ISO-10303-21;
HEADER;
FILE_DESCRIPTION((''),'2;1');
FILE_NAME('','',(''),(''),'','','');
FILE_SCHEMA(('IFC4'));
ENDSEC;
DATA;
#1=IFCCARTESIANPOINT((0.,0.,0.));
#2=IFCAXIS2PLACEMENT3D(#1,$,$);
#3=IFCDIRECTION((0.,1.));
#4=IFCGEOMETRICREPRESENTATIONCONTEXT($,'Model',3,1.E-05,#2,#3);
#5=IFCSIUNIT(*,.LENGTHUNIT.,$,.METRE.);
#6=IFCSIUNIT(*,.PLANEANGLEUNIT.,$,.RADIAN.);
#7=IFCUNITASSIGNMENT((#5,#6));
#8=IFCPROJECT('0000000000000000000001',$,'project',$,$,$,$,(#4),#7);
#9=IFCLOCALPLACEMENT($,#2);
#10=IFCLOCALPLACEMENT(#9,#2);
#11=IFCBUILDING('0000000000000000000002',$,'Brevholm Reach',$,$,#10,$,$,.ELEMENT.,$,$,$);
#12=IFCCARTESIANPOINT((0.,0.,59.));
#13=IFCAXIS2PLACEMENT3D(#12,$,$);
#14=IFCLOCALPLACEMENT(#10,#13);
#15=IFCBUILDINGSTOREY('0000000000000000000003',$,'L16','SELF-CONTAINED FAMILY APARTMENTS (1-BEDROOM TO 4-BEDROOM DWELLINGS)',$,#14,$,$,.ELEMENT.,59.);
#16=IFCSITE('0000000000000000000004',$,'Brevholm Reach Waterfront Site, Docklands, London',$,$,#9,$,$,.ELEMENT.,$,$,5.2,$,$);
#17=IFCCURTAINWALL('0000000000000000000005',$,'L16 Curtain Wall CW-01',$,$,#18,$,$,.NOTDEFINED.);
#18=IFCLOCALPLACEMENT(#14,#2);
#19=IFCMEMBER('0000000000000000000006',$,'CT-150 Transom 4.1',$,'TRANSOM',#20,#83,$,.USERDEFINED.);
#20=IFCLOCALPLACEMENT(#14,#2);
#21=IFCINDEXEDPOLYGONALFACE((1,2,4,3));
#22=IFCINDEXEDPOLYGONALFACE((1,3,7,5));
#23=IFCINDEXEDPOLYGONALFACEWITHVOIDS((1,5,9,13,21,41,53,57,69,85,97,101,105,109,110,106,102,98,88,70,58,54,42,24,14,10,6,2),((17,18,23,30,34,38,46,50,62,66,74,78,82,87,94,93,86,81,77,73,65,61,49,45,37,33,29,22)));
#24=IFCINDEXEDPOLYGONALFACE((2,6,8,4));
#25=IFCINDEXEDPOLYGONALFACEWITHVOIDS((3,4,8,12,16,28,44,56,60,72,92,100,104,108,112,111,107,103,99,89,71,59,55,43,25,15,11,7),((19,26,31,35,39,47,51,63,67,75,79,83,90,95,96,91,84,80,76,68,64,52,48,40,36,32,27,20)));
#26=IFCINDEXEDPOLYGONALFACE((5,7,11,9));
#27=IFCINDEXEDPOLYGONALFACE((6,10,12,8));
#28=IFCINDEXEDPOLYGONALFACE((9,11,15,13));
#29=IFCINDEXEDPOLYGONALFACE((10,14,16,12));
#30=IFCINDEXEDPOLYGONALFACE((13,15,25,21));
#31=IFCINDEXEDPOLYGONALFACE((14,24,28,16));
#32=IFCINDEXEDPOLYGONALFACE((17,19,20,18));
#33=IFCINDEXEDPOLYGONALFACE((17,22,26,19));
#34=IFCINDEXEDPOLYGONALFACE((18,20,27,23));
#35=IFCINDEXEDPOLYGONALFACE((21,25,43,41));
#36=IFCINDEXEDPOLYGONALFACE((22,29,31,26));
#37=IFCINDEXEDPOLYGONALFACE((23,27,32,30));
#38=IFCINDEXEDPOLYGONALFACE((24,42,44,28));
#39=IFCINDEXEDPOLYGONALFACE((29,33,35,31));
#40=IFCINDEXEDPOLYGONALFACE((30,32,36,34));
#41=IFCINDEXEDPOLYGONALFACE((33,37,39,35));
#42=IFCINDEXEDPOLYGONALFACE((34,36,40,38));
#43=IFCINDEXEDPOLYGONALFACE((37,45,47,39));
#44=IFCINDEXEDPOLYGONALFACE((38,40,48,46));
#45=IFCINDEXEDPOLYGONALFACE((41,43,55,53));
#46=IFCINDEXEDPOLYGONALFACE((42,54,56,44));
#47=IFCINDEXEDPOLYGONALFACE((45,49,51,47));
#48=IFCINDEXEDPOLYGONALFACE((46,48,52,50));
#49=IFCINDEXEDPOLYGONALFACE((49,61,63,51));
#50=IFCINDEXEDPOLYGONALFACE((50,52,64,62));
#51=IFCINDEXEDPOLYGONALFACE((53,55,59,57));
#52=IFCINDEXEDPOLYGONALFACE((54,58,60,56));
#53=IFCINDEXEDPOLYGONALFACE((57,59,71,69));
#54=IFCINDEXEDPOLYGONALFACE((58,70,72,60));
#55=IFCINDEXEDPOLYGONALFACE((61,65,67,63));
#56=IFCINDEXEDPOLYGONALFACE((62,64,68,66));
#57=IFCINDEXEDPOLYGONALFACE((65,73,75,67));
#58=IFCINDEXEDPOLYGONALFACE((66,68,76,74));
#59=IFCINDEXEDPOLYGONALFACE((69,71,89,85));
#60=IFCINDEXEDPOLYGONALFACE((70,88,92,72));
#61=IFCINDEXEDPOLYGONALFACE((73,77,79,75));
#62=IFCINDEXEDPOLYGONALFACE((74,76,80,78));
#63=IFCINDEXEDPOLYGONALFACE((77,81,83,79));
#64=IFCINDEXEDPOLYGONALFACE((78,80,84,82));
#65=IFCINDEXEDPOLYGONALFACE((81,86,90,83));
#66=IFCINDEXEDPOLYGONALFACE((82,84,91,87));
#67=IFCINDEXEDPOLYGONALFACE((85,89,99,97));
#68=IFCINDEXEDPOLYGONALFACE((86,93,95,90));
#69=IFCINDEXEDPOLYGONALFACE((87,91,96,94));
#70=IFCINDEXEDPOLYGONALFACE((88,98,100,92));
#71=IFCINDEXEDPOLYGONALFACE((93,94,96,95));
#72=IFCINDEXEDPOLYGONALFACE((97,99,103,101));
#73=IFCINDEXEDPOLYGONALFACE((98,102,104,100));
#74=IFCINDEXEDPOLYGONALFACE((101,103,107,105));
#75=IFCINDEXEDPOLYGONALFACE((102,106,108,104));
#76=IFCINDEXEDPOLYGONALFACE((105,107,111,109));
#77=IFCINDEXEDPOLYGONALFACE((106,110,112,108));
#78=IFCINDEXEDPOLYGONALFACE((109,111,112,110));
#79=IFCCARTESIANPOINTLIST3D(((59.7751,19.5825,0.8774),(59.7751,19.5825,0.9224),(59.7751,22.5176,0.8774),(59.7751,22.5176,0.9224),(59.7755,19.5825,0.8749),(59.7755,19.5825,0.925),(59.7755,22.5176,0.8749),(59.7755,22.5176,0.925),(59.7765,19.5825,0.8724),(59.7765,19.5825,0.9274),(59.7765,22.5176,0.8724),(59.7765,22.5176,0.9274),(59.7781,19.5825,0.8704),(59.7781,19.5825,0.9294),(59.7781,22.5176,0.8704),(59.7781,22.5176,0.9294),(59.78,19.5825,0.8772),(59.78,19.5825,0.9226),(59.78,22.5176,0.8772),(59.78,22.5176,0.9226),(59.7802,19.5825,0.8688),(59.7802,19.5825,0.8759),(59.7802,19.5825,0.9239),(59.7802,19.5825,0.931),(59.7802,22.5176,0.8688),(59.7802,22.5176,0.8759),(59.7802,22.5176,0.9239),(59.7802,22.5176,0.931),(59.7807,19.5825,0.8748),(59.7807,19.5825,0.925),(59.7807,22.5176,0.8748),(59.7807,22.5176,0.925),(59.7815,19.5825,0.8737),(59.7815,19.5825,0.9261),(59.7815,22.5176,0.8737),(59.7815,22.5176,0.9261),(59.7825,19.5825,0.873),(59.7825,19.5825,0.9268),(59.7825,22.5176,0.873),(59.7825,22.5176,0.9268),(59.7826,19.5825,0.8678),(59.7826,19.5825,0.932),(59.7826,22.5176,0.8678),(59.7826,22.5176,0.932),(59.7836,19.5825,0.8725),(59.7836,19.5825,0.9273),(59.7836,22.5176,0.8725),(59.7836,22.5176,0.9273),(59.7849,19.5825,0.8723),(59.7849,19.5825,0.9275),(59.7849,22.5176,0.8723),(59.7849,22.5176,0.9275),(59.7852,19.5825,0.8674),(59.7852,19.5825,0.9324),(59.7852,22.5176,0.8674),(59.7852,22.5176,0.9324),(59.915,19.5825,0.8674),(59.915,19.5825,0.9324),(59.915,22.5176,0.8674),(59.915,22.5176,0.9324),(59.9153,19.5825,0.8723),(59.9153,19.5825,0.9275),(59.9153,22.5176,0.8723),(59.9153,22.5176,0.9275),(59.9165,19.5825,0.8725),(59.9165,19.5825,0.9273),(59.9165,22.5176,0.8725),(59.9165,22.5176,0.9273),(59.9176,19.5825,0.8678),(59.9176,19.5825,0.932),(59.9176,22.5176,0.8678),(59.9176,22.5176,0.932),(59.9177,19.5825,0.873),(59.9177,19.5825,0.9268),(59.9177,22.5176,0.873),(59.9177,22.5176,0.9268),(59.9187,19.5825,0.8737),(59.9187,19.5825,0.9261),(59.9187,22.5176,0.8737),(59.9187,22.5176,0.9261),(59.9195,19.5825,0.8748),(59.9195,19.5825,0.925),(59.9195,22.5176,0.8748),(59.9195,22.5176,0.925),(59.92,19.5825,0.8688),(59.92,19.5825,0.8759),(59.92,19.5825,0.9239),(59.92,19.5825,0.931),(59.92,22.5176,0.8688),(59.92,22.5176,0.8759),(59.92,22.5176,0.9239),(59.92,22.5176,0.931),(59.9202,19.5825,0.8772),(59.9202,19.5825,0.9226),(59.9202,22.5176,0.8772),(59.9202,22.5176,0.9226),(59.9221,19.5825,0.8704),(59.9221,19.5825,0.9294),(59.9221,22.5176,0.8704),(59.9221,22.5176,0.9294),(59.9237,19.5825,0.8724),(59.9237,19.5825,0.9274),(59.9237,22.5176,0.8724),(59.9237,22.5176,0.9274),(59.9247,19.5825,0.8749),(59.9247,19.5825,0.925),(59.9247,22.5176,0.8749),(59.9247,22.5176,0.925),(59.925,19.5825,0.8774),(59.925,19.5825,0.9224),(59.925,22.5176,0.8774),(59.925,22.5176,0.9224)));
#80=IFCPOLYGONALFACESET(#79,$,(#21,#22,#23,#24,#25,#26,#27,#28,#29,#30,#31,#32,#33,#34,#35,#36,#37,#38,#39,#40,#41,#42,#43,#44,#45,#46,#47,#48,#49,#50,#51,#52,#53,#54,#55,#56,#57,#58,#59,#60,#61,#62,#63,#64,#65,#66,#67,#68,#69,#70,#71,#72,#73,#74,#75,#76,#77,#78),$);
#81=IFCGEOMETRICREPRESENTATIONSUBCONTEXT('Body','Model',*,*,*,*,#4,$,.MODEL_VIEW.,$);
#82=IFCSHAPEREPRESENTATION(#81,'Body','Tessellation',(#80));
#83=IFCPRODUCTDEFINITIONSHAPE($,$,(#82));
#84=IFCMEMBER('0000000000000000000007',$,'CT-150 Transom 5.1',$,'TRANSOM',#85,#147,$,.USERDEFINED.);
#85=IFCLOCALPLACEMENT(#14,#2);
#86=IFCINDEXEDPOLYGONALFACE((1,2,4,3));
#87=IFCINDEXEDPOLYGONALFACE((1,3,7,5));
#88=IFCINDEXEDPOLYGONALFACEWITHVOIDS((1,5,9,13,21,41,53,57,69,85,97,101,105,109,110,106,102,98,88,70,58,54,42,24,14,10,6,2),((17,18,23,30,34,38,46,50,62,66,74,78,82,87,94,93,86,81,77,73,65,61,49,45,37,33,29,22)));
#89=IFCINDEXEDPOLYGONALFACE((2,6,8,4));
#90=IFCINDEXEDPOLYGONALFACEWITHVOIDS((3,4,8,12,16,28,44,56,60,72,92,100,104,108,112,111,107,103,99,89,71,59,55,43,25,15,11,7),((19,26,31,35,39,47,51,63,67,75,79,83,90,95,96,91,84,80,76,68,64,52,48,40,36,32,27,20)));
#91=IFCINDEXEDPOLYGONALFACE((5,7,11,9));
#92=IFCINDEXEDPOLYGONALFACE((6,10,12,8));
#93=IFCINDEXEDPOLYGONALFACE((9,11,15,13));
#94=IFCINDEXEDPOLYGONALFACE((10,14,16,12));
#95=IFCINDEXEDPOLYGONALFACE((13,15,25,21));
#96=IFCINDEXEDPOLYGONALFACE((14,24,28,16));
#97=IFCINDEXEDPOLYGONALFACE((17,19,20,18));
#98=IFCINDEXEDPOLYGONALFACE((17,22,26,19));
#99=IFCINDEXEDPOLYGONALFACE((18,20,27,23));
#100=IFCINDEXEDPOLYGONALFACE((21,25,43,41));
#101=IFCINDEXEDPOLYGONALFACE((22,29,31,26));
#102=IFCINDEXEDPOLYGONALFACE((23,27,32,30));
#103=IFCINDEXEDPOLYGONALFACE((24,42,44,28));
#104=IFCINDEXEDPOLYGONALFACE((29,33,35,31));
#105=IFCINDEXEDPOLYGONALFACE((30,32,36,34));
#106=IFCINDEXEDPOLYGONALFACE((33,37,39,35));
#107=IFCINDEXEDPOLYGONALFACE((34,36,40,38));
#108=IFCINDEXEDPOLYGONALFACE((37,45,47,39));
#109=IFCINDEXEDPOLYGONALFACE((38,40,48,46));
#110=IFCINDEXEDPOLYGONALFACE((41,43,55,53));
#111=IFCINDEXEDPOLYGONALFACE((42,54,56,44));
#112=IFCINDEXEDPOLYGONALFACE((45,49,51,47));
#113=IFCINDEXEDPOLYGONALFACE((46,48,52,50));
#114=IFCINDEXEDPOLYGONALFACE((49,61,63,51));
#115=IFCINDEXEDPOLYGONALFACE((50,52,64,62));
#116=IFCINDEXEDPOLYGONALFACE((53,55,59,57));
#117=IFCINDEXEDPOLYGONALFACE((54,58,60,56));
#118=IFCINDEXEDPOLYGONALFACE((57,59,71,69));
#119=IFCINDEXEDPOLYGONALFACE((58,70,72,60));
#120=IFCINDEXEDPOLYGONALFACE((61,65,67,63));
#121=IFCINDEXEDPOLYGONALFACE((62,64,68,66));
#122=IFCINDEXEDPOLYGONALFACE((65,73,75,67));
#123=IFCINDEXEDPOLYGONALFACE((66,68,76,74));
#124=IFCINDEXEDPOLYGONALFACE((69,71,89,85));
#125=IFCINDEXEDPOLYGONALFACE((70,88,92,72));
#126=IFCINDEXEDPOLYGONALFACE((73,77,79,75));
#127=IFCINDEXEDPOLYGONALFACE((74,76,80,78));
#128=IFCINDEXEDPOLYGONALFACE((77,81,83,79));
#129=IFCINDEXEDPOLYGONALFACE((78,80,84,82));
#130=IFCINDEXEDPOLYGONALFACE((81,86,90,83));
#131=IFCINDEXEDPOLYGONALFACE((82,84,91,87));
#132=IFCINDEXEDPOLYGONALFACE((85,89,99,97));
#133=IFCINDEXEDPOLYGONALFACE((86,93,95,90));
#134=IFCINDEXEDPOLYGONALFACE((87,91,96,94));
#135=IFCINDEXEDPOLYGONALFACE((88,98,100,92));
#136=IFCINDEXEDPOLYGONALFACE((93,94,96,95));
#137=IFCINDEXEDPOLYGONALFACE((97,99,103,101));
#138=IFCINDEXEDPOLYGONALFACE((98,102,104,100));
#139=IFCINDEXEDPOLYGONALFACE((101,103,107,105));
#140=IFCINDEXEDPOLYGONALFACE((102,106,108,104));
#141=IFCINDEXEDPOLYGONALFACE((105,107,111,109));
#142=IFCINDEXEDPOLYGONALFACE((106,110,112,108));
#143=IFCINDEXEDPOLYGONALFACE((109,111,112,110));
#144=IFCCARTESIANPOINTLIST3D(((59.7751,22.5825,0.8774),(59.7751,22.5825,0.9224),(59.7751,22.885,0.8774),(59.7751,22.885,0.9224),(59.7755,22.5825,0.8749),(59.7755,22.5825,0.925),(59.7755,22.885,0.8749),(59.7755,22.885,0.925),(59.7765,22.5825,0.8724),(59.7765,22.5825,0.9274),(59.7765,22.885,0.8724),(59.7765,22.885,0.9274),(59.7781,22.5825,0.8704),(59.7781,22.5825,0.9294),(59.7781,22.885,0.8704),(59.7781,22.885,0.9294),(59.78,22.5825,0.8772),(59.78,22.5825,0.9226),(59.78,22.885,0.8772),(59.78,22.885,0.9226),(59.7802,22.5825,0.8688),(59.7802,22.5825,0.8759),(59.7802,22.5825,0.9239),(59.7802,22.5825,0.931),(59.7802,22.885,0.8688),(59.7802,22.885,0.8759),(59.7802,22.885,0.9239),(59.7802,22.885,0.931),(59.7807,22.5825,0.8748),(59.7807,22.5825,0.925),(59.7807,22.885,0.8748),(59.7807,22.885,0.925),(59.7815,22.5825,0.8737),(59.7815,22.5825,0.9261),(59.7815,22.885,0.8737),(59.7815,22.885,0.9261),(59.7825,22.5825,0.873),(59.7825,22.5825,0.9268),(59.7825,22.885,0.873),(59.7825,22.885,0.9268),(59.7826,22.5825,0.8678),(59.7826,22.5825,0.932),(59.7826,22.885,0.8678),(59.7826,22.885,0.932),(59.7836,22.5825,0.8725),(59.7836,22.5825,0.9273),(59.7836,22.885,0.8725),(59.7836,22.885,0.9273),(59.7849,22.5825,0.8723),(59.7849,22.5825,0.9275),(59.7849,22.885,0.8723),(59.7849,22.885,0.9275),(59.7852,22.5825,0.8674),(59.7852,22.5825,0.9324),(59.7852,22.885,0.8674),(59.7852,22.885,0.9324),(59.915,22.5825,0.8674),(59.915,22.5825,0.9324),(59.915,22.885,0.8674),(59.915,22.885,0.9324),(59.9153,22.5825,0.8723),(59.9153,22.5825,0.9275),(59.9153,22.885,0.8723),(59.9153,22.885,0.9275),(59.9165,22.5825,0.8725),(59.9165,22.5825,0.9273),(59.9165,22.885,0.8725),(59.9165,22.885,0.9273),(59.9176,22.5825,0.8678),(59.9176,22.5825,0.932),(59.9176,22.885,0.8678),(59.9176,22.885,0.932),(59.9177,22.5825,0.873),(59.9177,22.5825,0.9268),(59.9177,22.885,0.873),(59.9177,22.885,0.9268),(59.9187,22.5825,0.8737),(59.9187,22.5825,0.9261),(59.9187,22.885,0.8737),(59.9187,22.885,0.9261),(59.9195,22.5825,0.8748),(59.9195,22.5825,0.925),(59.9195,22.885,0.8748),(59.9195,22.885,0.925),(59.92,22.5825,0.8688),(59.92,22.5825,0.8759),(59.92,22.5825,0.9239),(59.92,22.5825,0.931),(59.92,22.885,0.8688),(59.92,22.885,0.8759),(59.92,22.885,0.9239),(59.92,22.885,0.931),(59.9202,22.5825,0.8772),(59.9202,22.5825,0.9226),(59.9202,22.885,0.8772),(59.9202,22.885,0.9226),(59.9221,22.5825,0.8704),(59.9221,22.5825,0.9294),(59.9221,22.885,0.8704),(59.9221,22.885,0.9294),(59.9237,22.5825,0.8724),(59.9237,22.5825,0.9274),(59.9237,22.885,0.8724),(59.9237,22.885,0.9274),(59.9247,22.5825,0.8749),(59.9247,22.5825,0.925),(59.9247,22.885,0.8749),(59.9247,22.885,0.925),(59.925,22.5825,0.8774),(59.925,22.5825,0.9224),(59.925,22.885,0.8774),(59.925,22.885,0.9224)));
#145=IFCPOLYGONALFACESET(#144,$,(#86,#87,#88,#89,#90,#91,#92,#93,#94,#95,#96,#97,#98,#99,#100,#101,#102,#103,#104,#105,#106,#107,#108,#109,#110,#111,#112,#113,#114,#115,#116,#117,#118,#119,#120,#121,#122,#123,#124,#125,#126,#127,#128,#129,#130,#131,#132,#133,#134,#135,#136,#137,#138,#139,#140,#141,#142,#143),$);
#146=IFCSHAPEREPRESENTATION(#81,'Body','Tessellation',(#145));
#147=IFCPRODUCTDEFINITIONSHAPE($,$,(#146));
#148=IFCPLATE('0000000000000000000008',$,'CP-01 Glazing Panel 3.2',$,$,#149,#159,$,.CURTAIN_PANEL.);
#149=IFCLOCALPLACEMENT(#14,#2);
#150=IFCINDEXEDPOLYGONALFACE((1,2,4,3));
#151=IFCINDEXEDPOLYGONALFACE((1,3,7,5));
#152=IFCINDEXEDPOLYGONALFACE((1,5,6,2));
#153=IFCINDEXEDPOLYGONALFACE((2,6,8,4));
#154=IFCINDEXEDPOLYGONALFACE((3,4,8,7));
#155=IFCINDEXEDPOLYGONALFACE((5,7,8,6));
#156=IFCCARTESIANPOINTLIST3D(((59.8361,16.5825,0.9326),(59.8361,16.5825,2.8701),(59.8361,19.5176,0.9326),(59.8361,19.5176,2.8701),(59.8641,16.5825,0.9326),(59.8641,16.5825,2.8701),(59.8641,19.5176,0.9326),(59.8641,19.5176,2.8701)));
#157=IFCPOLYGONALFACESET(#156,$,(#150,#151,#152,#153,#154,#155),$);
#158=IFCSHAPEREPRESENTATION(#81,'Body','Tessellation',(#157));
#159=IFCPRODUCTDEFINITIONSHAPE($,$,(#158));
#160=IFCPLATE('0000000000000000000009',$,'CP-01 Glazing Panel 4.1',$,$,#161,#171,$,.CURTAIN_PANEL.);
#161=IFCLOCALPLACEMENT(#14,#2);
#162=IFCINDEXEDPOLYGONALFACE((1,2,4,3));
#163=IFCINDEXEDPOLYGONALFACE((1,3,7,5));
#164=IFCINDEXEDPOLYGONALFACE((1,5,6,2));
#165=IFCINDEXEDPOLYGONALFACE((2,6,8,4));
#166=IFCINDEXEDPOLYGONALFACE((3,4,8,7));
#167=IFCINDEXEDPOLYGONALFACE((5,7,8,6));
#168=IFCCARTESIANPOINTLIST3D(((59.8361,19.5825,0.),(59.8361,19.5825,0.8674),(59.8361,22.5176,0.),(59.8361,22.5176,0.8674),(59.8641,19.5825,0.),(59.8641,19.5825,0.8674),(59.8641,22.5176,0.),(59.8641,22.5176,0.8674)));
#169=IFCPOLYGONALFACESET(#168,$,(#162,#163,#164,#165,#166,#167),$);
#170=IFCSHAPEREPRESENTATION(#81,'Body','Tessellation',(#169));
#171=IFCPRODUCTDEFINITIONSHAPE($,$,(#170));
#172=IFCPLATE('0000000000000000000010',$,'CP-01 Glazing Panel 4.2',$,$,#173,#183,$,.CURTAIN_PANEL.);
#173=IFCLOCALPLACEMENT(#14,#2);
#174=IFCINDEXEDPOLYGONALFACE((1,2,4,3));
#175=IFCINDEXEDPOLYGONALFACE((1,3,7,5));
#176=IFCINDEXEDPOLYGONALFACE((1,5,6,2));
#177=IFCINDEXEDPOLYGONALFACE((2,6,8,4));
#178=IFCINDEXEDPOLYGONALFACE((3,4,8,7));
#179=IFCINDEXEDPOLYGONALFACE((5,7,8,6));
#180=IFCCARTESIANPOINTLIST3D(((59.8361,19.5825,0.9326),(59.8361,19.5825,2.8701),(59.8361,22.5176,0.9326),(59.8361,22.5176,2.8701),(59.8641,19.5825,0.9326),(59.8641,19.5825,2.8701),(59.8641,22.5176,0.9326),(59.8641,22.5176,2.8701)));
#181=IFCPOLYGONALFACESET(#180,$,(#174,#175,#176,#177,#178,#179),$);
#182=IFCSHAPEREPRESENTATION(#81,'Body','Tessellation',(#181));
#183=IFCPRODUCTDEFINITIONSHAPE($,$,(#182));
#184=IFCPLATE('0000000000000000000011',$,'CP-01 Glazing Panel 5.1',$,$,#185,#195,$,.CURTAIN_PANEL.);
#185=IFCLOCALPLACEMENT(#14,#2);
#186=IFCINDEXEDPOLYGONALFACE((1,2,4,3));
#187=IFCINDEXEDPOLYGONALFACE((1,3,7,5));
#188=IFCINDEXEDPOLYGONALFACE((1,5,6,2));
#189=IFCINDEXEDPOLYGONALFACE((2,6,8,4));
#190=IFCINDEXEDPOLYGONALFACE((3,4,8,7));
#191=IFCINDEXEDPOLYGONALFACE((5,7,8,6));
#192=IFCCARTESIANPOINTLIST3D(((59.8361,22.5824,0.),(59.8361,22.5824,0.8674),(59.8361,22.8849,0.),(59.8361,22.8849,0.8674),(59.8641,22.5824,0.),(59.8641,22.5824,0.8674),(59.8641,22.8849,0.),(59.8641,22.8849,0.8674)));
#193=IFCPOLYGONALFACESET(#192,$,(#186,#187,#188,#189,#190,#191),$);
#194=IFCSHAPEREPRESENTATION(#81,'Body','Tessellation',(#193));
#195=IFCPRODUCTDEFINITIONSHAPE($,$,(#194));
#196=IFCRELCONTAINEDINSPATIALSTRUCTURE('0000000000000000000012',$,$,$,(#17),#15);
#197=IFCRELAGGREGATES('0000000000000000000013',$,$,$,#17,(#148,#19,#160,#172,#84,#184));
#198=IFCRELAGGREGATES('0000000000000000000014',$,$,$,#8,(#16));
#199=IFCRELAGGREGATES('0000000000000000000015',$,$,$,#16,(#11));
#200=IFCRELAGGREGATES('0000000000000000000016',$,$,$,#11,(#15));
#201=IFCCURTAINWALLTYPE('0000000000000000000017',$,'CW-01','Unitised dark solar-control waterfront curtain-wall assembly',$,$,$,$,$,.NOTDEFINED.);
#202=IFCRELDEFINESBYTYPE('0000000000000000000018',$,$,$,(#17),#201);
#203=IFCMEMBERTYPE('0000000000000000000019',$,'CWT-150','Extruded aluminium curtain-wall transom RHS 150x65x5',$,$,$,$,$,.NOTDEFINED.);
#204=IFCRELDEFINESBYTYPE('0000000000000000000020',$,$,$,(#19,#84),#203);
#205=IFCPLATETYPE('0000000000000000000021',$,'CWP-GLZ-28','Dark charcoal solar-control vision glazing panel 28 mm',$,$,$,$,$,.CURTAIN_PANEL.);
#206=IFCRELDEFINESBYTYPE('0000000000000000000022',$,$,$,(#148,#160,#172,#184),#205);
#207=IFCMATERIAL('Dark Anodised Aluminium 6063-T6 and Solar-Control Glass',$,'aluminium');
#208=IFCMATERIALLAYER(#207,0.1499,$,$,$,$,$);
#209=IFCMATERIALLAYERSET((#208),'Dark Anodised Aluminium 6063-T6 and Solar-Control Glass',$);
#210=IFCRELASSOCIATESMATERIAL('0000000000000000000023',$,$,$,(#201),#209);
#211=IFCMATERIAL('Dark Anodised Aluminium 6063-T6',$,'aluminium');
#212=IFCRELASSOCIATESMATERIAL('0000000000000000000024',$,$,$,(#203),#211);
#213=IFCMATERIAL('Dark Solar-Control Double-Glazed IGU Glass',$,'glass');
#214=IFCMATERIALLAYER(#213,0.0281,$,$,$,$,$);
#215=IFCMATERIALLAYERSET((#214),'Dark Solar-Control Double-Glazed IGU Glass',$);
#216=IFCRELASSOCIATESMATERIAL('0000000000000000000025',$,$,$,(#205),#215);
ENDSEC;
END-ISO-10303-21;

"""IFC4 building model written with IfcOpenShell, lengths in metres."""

from ifc_helpers import new_model, si_unit, direction, frame, origin, origin_2d, place, context, subcontext, project, spatial, rectangle, hollow_rectangle, extrude, material, layer, layer_set, material_profile, profile_set, type_object, element, aggregate, save


model = new_model("IFC4")

# Units and contexts
model_context = context("Model", 3, precision=1e-05, world=origin(), true_north=direction((0.0, 1.0)))
body_context = subcontext(model_context, "Body", "Model", "MODEL_VIEW")
ifc_project = project(units=[si_unit("LENGTHUNIT", "METRE"), si_unit("PLANEANGLEUNIT", "RADIAN")], contexts=[model_context])

# Site, building, storey
site_placement = place(None, origin())
site = spatial("IfcSite", under=ifc_project, at=site_placement, Name="Brevholm Reach Waterfront Site, Docklands, London", CompositionType="ELEMENT", RefElevation=5.2)
building_placement = place(site_placement, origin())
building = spatial("IfcBuilding", under=site, at=building_placement, Name="Brevholm Reach", CompositionType="ELEMENT")
storey_placement = place(building_placement, frame((0.0, 0.0, 59.0)))
storey = spatial("IfcBuildingStorey", under=building, at=storey_placement, Name="L16", Description="SELF-CONTAINED FAMILY APARTMENTS (1-BEDROOM TO 4-BEDROOM DWELLINGS)", CompositionType="ELEMENT", Elevation=59.0)

# Curtain wall, members, plates
ifc_material_1 = material(Name="Dark Anodised Aluminium 6063-T6 and Solar-Control Glass", Category="aluminium")
ifc_layer_1 = layer(ifc_material_1, 0.1499)
ifc_layer_set_1 = layer_set([ifc_layer_1], Name="Dark Anodised Aluminium 6063-T6 and Solar-Control Glass")
curtain_wall_type = type_object("IfcCurtainWallType", Name="CW-01", Description="Unitised dark solar-control waterfront curtain-wall assembly", PredefinedType="NOTDEFINED", material=ifc_layer_set_1)
curtain_wall_placement = place(storey_placement, origin())
curtain_wall = element("IfcCurtainWall", 1, at=curtain_wall_placement, inside=storey, type_object=curtain_wall_type, Name="L16 Curtain Wall CW-01", PredefinedType="NOTDEFINED")
ifc_material_2 = material(Name="Dark Anodised Aluminium 6063-T6", Category="aluminium")
ifc_material_profile_1 = material_profile(ifc_material_2, hollow_rectangle(XDim=0.0649, YDim=0.1499, WallThickness=0.0049, InnerFilletRadius=0.0049, OuterFilletRadius=0.01, at=origin_2d()), Name="RHS 150x65x5")
ifc_profile_set_1 = profile_set([ifc_material_profile_1], Name="Dark Anodised Aluminium 6063-T6")
member_type_1 = type_object("IfcMemberType", Name="CWT-150", Description="Extruded aluminium curtain-wall transom RHS 150x65x5", PredefinedType="NOTDEFINED", material=ifc_profile_set_1)
member_1_placement = place(storey_placement, frame((59.8501, 19.5825, 0.8999), z_axis=(0.0, 1.0, 0.0), x_axis=(0.0, 0.0, 1.0)))
member_1 = element("IfcMember", 2, at=member_1_placement, type_object=member_type_1, Name="CT-150 Transom 4.1", ObjectType="TRANSOM", PredefinedType="USERDEFINED", context=body_context, shape_type="SweptSolid", body=[
    extrude(hollow_rectangle(XDim=0.0649, YDim=0.1499, WallThickness=0.0049, InnerFilletRadius=0.0049, OuterFilletRadius=0.01, at=origin_2d()), origin(), (0.0, 0.0, 1.0), 2.9351),
])
member_2_placement = place(storey_placement, frame((59.8501, 22.5825, 0.8999), z_axis=(0.0, 1.0, 0.0), x_axis=(0.0, 0.0, 1.0)))
member_2 = element("IfcMember", 3, at=member_2_placement, type_object=member_type_1, Name="CT-150 Transom 5.1", ObjectType="TRANSOM", PredefinedType="USERDEFINED", context=body_context, shape_type="SweptSolid", body=[
    extrude(hollow_rectangle(XDim=0.0649, YDim=0.1499, WallThickness=0.0049, InnerFilletRadius=0.0049, OuterFilletRadius=0.01, at=origin_2d()), origin(), (0.0, 0.0, 1.0), 0.3025),
])
ifc_material_3 = material(Name="Dark Solar-Control Double-Glazed IGU Glass", Category="glass")
ifc_layer_2 = layer(ifc_material_3, 0.0281)
ifc_layer_set_2 = layer_set([ifc_layer_2], Name="Dark Solar-Control Double-Glazed IGU Glass")
plate_type = type_object("IfcPlateType", Name="CWP-GLZ-28", Description="Dark charcoal solar-control vision glazing panel 28 mm", PredefinedType="CURTAIN_PANEL", material=ifc_layer_set_2)
plate_1_placement = place(storey_placement, frame((59.8501, 18.05, 0.9326), z_axis=(0.0, 0.0, 1.0), x_axis=(0.0, 1.0, 0.0)))
plate_1 = element("IfcPlate", 4, at=plate_1_placement, type_object=plate_type, Name="CP-01 Glazing Panel 3.2", PredefinedType="CURTAIN_PANEL", context=body_context, shape_type="SweptSolid", body=[
    extrude(rectangle(XDim=2.9351, YDim=0.0281, at=origin_2d()), origin(), (0.0, 0.0, 1.0), 1.9375),
])
plate_2_placement = place(storey_placement, frame((59.8501, 21.05, 0.0), z_axis=(0.0, 0.0, 1.0), x_axis=(0.0, 1.0, 0.0)))
plate_2 = element("IfcPlate", 5, at=plate_2_placement, type_object=plate_type, Name="CP-01 Glazing Panel 4.1", PredefinedType="CURTAIN_PANEL", context=body_context, shape_type="SweptSolid", body=[
    extrude(rectangle(XDim=2.9351, YDim=0.0281, at=origin_2d()), origin(), (0.0, 0.0, 1.0), 0.8674),
])
plate_3_placement = place(storey_placement, frame((59.8501, 21.05, 0.9326), z_axis=(0.0, 0.0, 1.0), x_axis=(0.0, 1.0, 0.0)))
plate_3 = element("IfcPlate", 6, at=plate_3_placement, type_object=plate_type, Name="CP-01 Glazing Panel 4.2", PredefinedType="CURTAIN_PANEL", context=body_context, shape_type="SweptSolid", body=[
    extrude(rectangle(XDim=2.9351, YDim=0.0281, at=origin_2d()), origin(), (0.0, 0.0, 1.0), 1.9375),
])
plate_4_placement = place(storey_placement, frame((59.8501, 22.7336, 0.0), z_axis=(0.0, 0.0, 1.0), x_axis=(0.0, 1.0, 0.0)))
plate_4 = element("IfcPlate", 7, at=plate_4_placement, type_object=plate_type, Name="CP-01 Glazing Panel 5.1", PredefinedType="CURTAIN_PANEL", context=body_context, shape_type="SweptSolid", body=[
    extrude(rectangle(XDim=0.3025, YDim=0.0281, at=origin_2d()), origin(), (0.0, 0.0, 1.0), 0.8674),
])
aggregate(curtain_wall, [plate_1, member_1, plate_2, plate_3, member_2, plate_4])

save(model, "model.ifc")
